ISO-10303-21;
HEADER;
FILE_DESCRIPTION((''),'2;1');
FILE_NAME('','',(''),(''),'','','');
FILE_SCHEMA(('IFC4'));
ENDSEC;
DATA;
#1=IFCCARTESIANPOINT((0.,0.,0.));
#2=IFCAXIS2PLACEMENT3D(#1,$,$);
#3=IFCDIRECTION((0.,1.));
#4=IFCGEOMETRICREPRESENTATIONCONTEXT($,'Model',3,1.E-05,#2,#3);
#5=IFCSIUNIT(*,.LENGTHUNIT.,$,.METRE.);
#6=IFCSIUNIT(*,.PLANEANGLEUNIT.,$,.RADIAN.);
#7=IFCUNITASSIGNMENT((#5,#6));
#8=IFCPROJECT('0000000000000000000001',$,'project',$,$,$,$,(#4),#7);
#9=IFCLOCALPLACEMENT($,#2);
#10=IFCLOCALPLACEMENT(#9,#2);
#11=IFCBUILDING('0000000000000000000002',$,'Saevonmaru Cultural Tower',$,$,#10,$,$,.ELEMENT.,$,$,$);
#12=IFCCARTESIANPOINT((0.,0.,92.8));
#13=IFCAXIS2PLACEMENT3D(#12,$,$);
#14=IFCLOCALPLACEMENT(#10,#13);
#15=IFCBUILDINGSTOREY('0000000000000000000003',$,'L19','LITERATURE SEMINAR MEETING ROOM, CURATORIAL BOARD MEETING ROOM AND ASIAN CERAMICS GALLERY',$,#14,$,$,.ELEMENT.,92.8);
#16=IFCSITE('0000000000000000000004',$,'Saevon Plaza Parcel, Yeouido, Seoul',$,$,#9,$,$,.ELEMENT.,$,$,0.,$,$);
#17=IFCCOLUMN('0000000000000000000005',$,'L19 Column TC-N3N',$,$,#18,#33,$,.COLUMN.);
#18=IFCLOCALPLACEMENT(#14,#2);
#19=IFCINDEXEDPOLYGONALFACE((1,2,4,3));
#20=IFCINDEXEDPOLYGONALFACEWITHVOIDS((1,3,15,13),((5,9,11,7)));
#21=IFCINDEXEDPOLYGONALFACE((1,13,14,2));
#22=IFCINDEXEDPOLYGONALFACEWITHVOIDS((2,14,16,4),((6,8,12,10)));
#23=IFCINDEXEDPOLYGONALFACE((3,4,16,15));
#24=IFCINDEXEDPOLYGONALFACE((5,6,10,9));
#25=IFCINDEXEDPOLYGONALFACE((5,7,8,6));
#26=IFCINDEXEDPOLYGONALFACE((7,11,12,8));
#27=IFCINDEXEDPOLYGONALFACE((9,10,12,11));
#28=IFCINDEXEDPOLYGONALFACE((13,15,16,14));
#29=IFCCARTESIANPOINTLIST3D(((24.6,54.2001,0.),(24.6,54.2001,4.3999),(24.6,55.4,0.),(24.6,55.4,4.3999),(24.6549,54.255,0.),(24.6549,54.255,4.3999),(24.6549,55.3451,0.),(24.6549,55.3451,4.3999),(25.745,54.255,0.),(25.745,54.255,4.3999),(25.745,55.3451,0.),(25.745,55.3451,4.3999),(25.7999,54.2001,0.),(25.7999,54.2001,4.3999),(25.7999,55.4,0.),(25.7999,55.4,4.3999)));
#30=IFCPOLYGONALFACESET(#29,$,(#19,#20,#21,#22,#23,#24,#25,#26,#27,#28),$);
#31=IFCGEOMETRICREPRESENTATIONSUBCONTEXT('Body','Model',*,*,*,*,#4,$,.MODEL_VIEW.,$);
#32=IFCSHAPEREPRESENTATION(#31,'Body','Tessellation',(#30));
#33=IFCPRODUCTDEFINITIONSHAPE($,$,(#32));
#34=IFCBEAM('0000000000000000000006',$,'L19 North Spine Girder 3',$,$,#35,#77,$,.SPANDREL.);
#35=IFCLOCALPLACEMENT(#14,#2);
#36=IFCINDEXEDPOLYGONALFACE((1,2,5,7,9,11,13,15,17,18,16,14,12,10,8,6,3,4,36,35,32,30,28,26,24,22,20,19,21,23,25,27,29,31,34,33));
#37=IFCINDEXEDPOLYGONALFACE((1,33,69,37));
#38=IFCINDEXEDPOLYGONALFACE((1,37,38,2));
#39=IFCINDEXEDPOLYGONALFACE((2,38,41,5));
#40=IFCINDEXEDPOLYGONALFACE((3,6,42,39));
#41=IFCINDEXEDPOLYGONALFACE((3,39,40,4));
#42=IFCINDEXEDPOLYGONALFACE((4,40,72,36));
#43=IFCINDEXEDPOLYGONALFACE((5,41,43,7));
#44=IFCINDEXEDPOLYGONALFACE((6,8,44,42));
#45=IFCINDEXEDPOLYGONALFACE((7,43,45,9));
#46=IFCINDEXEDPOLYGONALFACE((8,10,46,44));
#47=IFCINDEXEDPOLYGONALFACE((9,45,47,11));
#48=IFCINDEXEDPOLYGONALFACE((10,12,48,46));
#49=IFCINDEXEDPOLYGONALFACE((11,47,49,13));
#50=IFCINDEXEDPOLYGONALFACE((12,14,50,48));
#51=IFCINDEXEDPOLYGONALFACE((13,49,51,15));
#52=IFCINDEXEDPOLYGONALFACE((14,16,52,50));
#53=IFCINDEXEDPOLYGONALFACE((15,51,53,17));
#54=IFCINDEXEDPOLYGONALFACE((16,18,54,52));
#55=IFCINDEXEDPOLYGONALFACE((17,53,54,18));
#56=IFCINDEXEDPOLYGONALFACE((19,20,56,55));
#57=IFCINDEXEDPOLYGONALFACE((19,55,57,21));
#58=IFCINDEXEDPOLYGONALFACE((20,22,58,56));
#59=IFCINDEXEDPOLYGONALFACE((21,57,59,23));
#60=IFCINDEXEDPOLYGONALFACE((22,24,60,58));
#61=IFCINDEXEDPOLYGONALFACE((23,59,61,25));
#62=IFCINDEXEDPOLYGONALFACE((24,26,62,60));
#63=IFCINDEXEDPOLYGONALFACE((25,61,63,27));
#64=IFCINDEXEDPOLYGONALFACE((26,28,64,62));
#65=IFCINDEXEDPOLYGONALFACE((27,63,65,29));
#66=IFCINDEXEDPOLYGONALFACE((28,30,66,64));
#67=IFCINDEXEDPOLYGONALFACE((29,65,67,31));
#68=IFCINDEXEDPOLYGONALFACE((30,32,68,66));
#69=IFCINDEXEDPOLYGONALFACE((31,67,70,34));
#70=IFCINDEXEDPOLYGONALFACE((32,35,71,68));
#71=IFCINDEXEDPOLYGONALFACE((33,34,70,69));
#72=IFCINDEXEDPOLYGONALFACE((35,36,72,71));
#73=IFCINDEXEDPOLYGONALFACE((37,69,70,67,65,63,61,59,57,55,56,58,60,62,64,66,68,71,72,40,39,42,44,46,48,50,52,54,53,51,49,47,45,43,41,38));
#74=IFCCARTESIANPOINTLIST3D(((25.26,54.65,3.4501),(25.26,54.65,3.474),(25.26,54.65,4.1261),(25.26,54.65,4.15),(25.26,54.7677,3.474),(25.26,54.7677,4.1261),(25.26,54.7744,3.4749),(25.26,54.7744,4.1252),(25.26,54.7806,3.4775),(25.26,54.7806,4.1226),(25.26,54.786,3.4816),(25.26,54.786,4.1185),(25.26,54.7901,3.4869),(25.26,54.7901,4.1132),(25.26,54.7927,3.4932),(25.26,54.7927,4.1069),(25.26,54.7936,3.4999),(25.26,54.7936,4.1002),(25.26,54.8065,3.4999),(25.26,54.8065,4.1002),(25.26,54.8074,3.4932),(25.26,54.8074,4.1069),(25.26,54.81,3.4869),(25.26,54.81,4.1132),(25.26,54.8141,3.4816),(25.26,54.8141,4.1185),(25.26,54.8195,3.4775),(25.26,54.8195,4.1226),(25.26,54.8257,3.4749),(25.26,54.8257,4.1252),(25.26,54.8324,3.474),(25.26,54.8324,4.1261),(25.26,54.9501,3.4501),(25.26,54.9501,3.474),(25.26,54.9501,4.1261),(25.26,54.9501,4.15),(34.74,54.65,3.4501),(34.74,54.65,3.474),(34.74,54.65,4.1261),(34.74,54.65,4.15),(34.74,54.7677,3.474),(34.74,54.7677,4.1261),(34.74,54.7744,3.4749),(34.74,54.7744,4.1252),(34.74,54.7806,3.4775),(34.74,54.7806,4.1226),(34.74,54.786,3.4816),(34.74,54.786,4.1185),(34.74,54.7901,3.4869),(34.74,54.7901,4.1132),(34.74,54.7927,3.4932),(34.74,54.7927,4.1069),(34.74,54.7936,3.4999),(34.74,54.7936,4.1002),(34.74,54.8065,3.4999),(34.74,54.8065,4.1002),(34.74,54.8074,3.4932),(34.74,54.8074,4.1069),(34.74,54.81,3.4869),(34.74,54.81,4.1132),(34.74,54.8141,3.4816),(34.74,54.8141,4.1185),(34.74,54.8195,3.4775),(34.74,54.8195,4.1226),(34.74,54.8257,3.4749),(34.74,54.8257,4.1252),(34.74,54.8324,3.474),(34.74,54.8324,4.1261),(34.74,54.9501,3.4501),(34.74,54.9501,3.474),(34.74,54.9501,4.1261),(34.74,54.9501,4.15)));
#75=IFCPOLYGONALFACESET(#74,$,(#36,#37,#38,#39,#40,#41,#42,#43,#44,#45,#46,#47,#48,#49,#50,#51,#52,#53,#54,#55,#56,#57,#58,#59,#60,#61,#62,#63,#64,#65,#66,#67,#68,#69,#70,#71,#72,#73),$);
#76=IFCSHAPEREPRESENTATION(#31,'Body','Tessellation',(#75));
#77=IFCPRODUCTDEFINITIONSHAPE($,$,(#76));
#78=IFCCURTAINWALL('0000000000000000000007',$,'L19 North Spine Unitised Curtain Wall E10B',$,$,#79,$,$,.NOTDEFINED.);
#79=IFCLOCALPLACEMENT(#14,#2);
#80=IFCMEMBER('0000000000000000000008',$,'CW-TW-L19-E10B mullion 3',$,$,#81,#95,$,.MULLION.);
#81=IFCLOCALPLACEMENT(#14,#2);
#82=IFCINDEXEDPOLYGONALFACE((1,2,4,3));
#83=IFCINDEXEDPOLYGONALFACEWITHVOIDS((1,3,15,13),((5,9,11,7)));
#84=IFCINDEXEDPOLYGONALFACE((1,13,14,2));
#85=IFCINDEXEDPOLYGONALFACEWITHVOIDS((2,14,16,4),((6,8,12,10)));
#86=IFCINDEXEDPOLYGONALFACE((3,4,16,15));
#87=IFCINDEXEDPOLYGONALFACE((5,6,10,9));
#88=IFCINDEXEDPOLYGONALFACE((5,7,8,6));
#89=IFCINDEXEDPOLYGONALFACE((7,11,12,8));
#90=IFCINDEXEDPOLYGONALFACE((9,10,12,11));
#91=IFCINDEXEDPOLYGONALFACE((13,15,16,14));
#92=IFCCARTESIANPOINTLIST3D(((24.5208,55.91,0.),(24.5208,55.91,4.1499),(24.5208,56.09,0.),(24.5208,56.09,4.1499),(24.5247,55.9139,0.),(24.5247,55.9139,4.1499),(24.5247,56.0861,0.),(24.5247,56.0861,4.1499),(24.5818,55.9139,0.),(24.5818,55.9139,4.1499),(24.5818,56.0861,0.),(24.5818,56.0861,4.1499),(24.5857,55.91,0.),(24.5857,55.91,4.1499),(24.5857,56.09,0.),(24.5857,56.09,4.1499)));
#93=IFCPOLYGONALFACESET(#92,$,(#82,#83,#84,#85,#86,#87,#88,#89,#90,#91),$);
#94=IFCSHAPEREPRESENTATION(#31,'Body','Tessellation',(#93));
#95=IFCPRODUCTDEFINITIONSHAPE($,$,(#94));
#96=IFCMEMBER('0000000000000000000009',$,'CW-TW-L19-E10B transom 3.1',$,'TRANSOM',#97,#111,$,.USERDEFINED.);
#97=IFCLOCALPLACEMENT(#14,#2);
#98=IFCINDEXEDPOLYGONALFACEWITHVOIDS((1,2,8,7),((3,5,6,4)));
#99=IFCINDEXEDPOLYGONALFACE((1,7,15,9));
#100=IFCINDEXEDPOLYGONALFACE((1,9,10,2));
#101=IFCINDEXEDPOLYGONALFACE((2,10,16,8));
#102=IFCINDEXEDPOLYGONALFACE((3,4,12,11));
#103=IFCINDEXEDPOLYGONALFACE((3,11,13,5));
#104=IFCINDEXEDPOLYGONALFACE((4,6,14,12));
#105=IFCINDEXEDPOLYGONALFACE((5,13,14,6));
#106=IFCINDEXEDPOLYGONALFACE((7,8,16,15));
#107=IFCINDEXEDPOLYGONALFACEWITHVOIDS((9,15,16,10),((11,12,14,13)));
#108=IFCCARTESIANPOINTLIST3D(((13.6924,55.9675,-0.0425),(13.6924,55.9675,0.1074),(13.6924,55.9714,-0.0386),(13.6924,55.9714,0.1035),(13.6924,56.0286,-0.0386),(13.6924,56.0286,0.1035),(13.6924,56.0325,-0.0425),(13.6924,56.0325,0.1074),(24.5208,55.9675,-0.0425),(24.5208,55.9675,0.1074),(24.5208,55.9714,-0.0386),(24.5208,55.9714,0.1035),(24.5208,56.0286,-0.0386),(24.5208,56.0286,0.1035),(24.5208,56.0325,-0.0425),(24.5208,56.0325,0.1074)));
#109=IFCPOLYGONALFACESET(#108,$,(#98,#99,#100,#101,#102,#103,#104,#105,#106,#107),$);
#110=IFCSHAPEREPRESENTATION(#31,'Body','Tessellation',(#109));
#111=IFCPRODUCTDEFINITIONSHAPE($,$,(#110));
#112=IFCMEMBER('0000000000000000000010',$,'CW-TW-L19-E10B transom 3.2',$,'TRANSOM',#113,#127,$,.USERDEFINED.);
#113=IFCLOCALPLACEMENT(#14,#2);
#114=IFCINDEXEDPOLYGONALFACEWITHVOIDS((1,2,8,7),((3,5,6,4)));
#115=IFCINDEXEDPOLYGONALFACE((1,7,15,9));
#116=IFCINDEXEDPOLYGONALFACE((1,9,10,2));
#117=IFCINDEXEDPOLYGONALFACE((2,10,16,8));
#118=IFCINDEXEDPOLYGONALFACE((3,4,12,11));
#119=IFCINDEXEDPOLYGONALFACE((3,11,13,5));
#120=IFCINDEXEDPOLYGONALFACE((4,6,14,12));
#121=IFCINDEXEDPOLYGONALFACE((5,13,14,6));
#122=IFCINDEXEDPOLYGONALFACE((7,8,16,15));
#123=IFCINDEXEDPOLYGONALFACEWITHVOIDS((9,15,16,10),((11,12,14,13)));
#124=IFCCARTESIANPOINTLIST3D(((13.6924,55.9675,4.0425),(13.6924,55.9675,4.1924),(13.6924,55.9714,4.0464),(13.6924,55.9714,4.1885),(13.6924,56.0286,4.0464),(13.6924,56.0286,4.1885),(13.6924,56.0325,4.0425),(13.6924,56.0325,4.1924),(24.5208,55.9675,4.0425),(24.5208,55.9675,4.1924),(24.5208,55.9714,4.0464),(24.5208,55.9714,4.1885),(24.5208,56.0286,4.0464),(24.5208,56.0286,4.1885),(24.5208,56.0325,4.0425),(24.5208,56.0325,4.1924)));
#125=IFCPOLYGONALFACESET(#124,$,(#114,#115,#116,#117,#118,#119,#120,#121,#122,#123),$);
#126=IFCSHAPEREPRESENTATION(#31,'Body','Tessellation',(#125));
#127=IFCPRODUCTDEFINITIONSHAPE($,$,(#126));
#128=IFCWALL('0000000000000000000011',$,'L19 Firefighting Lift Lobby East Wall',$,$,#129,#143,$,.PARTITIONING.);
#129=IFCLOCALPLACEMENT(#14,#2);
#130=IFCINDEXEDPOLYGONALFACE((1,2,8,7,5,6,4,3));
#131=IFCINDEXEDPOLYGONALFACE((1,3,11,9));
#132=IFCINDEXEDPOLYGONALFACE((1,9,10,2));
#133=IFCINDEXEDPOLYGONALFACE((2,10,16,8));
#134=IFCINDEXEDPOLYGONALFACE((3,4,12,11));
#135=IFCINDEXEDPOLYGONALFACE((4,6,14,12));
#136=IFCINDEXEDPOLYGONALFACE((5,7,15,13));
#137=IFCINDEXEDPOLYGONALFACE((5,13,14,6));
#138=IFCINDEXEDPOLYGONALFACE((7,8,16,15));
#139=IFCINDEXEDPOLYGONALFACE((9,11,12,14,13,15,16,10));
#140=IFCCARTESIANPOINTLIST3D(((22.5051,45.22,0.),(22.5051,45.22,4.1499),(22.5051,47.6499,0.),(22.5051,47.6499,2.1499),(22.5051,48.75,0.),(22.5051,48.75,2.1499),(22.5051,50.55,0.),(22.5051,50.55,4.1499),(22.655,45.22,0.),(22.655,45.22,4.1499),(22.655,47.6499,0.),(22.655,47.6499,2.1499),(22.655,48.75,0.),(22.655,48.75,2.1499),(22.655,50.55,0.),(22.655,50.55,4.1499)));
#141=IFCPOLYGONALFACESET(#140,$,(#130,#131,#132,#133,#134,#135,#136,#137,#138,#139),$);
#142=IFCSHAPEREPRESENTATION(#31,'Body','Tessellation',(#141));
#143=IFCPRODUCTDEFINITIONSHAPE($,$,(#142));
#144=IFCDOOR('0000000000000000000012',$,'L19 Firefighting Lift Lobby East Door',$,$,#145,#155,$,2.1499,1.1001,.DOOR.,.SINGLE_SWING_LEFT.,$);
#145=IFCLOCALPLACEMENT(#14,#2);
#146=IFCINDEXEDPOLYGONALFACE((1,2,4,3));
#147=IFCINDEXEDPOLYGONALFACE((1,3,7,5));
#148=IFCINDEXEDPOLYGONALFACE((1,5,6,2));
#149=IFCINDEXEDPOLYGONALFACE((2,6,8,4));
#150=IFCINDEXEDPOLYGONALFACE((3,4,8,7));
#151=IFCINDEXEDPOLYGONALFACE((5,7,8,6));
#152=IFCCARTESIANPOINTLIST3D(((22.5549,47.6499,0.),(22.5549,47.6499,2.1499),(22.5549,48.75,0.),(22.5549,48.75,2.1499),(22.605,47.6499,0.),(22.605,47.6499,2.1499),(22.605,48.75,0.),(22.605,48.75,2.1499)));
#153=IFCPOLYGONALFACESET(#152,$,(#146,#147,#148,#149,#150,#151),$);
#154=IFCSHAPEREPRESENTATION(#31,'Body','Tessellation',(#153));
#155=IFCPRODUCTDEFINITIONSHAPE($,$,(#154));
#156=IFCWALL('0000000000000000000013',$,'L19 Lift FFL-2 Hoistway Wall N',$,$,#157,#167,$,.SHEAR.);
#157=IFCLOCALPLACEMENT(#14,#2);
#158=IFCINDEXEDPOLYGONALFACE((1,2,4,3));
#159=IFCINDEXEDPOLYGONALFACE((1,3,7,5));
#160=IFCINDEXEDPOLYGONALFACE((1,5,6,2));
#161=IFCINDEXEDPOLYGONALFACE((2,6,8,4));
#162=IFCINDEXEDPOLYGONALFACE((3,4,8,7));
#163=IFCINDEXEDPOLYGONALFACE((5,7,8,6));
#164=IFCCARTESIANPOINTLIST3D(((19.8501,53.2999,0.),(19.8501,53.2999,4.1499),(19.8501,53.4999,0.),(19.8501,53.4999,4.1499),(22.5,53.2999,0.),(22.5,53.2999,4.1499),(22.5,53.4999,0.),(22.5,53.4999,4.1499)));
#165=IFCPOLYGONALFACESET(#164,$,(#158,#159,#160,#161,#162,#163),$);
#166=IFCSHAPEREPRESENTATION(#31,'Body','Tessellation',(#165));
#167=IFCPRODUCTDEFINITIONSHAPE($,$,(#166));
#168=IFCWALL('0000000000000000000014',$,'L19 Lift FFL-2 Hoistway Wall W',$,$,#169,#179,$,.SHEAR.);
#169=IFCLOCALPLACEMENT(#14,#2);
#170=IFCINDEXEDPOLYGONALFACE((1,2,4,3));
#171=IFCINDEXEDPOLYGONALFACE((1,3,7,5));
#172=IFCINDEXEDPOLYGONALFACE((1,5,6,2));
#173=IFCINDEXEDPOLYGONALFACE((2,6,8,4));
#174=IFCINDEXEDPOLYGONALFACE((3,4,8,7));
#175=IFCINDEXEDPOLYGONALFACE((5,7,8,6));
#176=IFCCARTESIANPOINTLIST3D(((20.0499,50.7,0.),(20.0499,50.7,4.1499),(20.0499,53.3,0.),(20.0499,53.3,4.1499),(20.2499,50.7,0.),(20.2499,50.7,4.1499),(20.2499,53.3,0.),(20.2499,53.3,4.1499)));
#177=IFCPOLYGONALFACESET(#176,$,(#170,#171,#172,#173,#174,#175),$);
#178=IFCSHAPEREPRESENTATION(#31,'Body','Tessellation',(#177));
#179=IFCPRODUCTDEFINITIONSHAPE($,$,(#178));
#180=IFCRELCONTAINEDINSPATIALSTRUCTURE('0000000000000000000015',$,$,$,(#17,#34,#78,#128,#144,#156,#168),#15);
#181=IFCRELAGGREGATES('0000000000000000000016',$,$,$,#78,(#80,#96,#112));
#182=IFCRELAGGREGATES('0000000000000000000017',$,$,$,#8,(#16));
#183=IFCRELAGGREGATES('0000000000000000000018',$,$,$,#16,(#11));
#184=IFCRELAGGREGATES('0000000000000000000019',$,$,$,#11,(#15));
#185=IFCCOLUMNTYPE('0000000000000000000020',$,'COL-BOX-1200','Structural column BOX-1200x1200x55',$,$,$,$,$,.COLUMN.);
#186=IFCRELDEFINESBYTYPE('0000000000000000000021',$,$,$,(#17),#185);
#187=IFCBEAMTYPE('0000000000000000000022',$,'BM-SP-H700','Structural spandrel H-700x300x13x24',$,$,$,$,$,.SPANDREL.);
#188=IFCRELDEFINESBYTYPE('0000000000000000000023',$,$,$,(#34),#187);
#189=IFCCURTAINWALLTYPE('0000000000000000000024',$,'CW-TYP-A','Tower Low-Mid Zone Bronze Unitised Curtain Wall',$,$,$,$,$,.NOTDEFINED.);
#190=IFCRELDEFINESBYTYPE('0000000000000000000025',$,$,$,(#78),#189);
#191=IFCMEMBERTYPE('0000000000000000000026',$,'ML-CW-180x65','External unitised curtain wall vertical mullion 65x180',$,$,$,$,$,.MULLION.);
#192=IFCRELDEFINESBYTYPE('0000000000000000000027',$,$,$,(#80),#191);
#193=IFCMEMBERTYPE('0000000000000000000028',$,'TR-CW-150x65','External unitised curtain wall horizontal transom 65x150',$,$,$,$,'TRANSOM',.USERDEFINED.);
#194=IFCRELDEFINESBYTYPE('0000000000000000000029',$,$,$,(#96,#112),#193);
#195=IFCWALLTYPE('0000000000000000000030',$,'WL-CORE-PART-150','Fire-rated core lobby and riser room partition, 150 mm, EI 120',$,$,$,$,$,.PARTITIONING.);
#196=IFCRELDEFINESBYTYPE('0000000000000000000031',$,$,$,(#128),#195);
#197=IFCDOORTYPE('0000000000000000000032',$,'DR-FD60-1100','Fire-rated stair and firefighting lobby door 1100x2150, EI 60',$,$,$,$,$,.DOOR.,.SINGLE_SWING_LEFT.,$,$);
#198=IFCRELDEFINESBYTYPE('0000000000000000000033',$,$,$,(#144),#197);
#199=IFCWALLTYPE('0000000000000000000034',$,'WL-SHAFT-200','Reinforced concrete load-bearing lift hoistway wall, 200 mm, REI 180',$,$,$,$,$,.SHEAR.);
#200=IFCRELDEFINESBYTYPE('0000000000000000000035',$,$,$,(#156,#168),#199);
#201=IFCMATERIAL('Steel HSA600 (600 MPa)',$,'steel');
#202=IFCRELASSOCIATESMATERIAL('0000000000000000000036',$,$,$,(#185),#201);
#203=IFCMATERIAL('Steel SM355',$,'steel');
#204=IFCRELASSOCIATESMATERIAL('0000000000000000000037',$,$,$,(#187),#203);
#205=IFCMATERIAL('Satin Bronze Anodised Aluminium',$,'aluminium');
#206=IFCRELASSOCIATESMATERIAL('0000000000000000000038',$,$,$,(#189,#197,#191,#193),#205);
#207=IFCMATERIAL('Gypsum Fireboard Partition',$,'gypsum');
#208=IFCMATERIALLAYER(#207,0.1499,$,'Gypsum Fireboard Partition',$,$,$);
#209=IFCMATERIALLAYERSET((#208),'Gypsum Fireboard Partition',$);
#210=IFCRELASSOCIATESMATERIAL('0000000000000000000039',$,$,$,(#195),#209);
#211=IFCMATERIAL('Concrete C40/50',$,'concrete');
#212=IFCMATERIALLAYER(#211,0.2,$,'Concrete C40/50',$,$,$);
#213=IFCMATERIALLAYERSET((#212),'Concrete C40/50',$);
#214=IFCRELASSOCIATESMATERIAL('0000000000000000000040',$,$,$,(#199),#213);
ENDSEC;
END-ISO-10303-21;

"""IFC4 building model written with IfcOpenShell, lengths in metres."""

from ifc_helpers import new_model, si_unit, direction, frame, frame_2d, origin, origin_2d, place, context, subcontext, project, spatial, rectangle, hollow_rectangle, i_section, extrude, material, layer, layer_set, material_profile, profile_set, type_object, element, fill, aggregate, save


model = new_model("IFC4")

# Units and contexts
model_context = context("Model", 3, precision=1e-05, world=origin(), true_north=direction((0.0, 1.0)))
body_context = subcontext(model_context, "Body", "Model", "MODEL_VIEW")
ifc_project = project(units=[si_unit("LENGTHUNIT", "METRE"), si_unit("PLANEANGLEUNIT", "RADIAN")], contexts=[model_context])

# Site, building, storey
site_placement = place(None, origin())
site = spatial("IfcSite", under=ifc_project, at=site_placement, Name="Saevon Plaza Parcel, Yeouido, Seoul", CompositionType="ELEMENT", RefElevation=0.0)
building_placement = place(site_placement, origin())
building = spatial("IfcBuilding", under=site, at=building_placement, Name="Saevonmaru Cultural Tower", CompositionType="ELEMENT")
storey_placement = place(building_placement, frame((0.0, 0.0, 92.8)))
storey = spatial("IfcBuildingStorey", under=building, at=storey_placement, Name="L19", Description="LITERATURE SEMINAR MEETING ROOM, CURATORIAL BOARD MEETING ROOM AND ASIAN CERAMICS GALLERY", CompositionType="ELEMENT", Elevation=92.8)

# Column
ifc_material_1 = material(Name="Steel HSA600 (600 MPa)", Category="steel")
ifc_material_profile_1 = material_profile(ifc_material_1, hollow_rectangle(XDim=1.2, YDim=1.2, WallThickness=0.0549, at=origin_2d()), Name="BOX-1200x1200x55")
ifc_profile_set_1 = profile_set([ifc_material_profile_1], Name="Steel HSA600 (600 MPa)")
column_type = type_object("IfcColumnType", Name="COL-BOX-1200", Description="Structural column BOX-1200x1200x55", PredefinedType="COLUMN", material=ifc_profile_set_1)
column_placement = place(storey_placement, frame((25.2, 54.8, 0.0), z_axis=(0.0, 0.0, 1.0), x_axis=(1.0, 0.0, 0.0)))
element("IfcColumn", 1, at=column_placement, inside=storey, type_object=column_type, Name="L19 Column TC-N3N", PredefinedType="COLUMN", context=body_context, shape_type="SweptSolid", body=[
    extrude(hollow_rectangle(XDim=1.2, YDim=1.2, WallThickness=0.0549, at=origin_2d()), origin(), (0.0, 0.0, 1.0), 4.3999),
])

# Beam
ifc_material_2 = material(Name="Steel SM355", Category="steel")
ifc_material_profile_2 = material_profile(ifc_material_2, i_section(OverallWidth=0.3, OverallDepth=0.7, WebThickness=0.0129, FlangeThickness=0.0239, FilletRadius=0.0259, at=origin_2d()), Name="H-700x300x13x24")
ifc_profile_set_2 = profile_set([ifc_material_profile_2], Name="Steel SM355")
beam_type = type_object("IfcBeamType", Name="BM-SP-H700", Description="Structural spandrel H-700x300x13x24", PredefinedType="SPANDREL", material=ifc_profile_set_2)
beam_placement = place(storey_placement, frame((25.26, 54.8, 3.8), z_axis=(1.0, 0.0, 0.0), x_axis=(0.0, 1.0, 0.0)))
element("IfcBeam", 2, at=beam_placement, inside=storey, type_object=beam_type, Name="L19 North Spine Girder 3", PredefinedType="SPANDREL", context=body_context, shape_type="SweptSolid", body=[
    extrude(i_section(OverallWidth=0.3, OverallDepth=0.7, WebThickness=0.0129, FlangeThickness=0.0239, FilletRadius=0.0259, at=origin_2d()), origin(), (0.0, 0.0, 1.0), 9.48),
])

# Curtain wall, members
ifc_material_3 = material(Name="Satin Bronze Anodised Aluminium", Category="aluminium")
curtain_wall_type = type_object("IfcCurtainWallType", Name="CW-TYP-A", Description="Tower Low-Mid Zone Bronze Unitised Curtain Wall", PredefinedType="NOTDEFINED", material=ifc_material_3)
curtain_wall_placement = place(storey_placement, origin())
curtain_wall = element("IfcCurtainWall", 3, at=curtain_wall_placement, inside=storey, type_object=curtain_wall_type, Name="L19 North Spine Unitised Curtain Wall E10B", PredefinedType="NOTDEFINED")
ifc_material_profile_3 = material_profile(ifc_material_3, hollow_rectangle(XDim=0.0649, YDim=0.1799, WallThickness=0.0039, at=origin_2d()), Name="ALU-MULL-180x65x4")
ifc_profile_set_3 = profile_set([ifc_material_profile_3], Name="Satin Bronze Anodised Aluminium")
member_type_1 = type_object("IfcMemberType", Name="ML-CW-180x65", Description="External unitised curtain wall vertical mullion 65x180", PredefinedType="MULLION", material=ifc_profile_set_3)
member_1_placement = place(storey_placement, frame((24.5532, 56.0, 0.0), z_axis=(0.0, 0.0, 1.0), x_axis=(-1.0, 0.0, 0.0)))
member_1 = element("IfcMember", 4, at=member_1_placement, type_object=member_type_1, Name="CW-TW-L19-E10B mullion 3", PredefinedType="MULLION", context=body_context, shape_type="SweptSolid", body=[
    extrude(hollow_rectangle(XDim=0.0649, YDim=0.1799, WallThickness=0.0039, at=origin_2d()), origin(), (0.0, 0.0, 1.0), 4.1499),
])
ifc_material_profile_4 = material_profile(ifc_material_3, hollow_rectangle(XDim=0.0649, YDim=0.1499, WallThickness=0.0039, at=origin_2d()), Name="ALU-TRAN-150x65x4")
ifc_profile_set_4 = profile_set([ifc_material_profile_4], Name="Satin Bronze Anodised Aluminium")
member_type_2 = type_object("IfcMemberType", Name="TR-CW-150x65", Description="External unitised curtain wall horizontal transom 65x150", ElementType="TRANSOM", PredefinedType="USERDEFINED", material=ifc_profile_set_4)
member_2_placement = place(storey_placement, frame((24.5208, 56.0, 0.0325), z_axis=(-1.0, 0.0, 0.0), x_axis=(0.0, -1.0, 0.0)))
member_2 = element("IfcMember", 5, at=member_2_placement, type_object=member_type_2, Name="CW-TW-L19-E10B transom 3.1", ObjectType="TRANSOM", PredefinedType="USERDEFINED", context=body_context, shape_type="SweptSolid", body=[
    extrude(hollow_rectangle(XDim=0.0649, YDim=0.1499, WallThickness=0.0039, at=origin_2d()), origin(), (0.0, 0.0, 1.0), 10.8284),
])
member_3_placement = place(storey_placement, frame((24.5208, 56.0, 4.1174), z_axis=(-1.0, 0.0, 0.0), x_axis=(0.0, -1.0, 0.0)))
member_3 = element("IfcMember", 6, at=member_3_placement, type_object=member_type_2, Name="CW-TW-L19-E10B transom 3.2", ObjectType="TRANSOM", PredefinedType="USERDEFINED", context=body_context, shape_type="SweptSolid", body=[
    extrude(hollow_rectangle(XDim=0.0649, YDim=0.1499, WallThickness=0.0039, at=origin_2d()), origin(), (0.0, 0.0, 1.0), 10.8284),
])
aggregate(curtain_wall, [member_1, member_2, member_3])

# Wall, opening, door
ifc_material_4 = material(Name="Gypsum Fireboard Partition", Category="gypsum")
ifc_layer_1 = layer(ifc_material_4, 0.1499, Name="Gypsum Fireboard Partition")
ifc_layer_set_1 = layer_set([ifc_layer_1], Name="Gypsum Fireboard Partition")
wall_type_1 = type_object("IfcWallType", Name="WL-CORE-PART-150", Description="Fire-rated core lobby and riser room partition, 150 mm, EI 120", PredefinedType="PARTITIONING", material=ifc_layer_set_1)
wall_1_placement = place(storey_placement, frame((22.5801, 50.55, 0.0), z_axis=(0.0, 0.0, 1.0), x_axis=(0.0, -1.0, 0.0)))
wall_1 = element("IfcWall", 7, at=wall_1_placement, inside=storey, type_object=wall_type_1, Name="L19 Firefighting Lift Lobby East Wall", PredefinedType="PARTITIONING", context=body_context, shape_type="SweptSolid", body=[
    extrude(rectangle(XDim=5.3301, YDim=0.1499, at=frame_2d((2.665, 0.0))), origin(), (0.0, 0.0, 1.0), 4.1499),
])
opening_1_placement = place(wall_1_placement, frame((1.8, 0.0, 0.0)))
opening_1 = element("IfcOpeningElement", 8, at=opening_1_placement, cuts=wall_1, PredefinedType="OPENING", context=body_context, shape_type="SweptSolid", body=[
    extrude(rectangle(XDim=1.1001, YDim=2.1499, at=frame_2d((0.55, 1.075))), frame((0.0, 0.085, 0.0), z_axis=(0.0, -1.0, 0.0), x_axis=(1.0, 0.0, 0.0)), (0.0, 0.0, 1.0), 0.1699),
])
door_type_1 = type_object("IfcDoorType", Name="DR-FD60-1100", Description="Fire-rated stair and firefighting lobby door 1100x2150, EI 60", OperationType="SINGLE_SWING_LEFT", PredefinedType="DOOR", material=ifc_material_3)
door_1_placement = place(opening_1_placement, origin())
door_1 = element("IfcDoor", 9, at=door_1_placement, inside=storey, type_object=door_type_1, Name="L19 Firefighting Lift Lobby East Door", OperationType="SINGLE_SWING_LEFT", OverallHeight=2.1499, OverallWidth=1.1001, PredefinedType="DOOR", context=body_context, shape_type="SweptSolid", body=[
    extrude(rectangle(XDim=1.1001, YDim=2.1499, at=frame_2d((0.55, 1.075))), frame((0.0, 0.0249, 0.0), z_axis=(0.0, -1.0, 0.0), x_axis=(1.0, 0.0, 0.0)), (0.0, 0.0, 1.0), 0.05),
])
fill(opening_1, door_1)

# Walls
ifc_material_5 = material(Name="Concrete C40/50", Category="concrete")
ifc_layer_2 = layer(ifc_material_5, 0.2, Name="Concrete C40/50")
ifc_layer_set_2 = layer_set([ifc_layer_2], Name="Concrete C40/50")
wall_type_2 = type_object("IfcWallType", Name="WL-SHAFT-200", Description="Reinforced concrete load-bearing lift hoistway wall, 200 mm, REI 180", PredefinedType="SHEAR", material=ifc_layer_set_2)
wall_2_placement = place(storey_placement, frame((19.8501, 53.3999, 0.0), z_axis=(0.0, 0.0, 1.0), x_axis=(1.0, 0.0, 0.0)))
element("IfcWall", 10, at=wall_2_placement, inside=storey, type_object=wall_type_2, Name="L19 Lift FFL-2 Hoistway Wall N", PredefinedType="SHEAR", context=body_context, shape_type="SweptSolid", body=[
    extrude(rectangle(XDim=2.6499, YDim=0.2, at=frame_2d((1.325, 0.0))), origin(), (0.0, 0.0, 1.0), 4.1499),
])
for number, where, z_axis, x_axis, name in (
    (11, (20.1499, 50.7, 0.0), (0.0, 0.0, 1.0), (0.0, 1.0, 0.0), "L19 Lift FFL-2 Hoistway Wall W"),
):
    element("IfcWall", number, at=place(storey_placement, frame(where, z_axis=z_axis, x_axis=x_axis)), inside=storey, type_object=wall_type_2, Name=name, PredefinedType="SHEAR", context=body_context, shape_type="SweptSolid", body=[
        extrude(rectangle(XDim=2.6001, YDim=0.2, at=frame_2d((1.3, 0.0))), origin(), (0.0, 0.0, 1.0), 4.1499),
    ])

save(model, "model.ifc")
